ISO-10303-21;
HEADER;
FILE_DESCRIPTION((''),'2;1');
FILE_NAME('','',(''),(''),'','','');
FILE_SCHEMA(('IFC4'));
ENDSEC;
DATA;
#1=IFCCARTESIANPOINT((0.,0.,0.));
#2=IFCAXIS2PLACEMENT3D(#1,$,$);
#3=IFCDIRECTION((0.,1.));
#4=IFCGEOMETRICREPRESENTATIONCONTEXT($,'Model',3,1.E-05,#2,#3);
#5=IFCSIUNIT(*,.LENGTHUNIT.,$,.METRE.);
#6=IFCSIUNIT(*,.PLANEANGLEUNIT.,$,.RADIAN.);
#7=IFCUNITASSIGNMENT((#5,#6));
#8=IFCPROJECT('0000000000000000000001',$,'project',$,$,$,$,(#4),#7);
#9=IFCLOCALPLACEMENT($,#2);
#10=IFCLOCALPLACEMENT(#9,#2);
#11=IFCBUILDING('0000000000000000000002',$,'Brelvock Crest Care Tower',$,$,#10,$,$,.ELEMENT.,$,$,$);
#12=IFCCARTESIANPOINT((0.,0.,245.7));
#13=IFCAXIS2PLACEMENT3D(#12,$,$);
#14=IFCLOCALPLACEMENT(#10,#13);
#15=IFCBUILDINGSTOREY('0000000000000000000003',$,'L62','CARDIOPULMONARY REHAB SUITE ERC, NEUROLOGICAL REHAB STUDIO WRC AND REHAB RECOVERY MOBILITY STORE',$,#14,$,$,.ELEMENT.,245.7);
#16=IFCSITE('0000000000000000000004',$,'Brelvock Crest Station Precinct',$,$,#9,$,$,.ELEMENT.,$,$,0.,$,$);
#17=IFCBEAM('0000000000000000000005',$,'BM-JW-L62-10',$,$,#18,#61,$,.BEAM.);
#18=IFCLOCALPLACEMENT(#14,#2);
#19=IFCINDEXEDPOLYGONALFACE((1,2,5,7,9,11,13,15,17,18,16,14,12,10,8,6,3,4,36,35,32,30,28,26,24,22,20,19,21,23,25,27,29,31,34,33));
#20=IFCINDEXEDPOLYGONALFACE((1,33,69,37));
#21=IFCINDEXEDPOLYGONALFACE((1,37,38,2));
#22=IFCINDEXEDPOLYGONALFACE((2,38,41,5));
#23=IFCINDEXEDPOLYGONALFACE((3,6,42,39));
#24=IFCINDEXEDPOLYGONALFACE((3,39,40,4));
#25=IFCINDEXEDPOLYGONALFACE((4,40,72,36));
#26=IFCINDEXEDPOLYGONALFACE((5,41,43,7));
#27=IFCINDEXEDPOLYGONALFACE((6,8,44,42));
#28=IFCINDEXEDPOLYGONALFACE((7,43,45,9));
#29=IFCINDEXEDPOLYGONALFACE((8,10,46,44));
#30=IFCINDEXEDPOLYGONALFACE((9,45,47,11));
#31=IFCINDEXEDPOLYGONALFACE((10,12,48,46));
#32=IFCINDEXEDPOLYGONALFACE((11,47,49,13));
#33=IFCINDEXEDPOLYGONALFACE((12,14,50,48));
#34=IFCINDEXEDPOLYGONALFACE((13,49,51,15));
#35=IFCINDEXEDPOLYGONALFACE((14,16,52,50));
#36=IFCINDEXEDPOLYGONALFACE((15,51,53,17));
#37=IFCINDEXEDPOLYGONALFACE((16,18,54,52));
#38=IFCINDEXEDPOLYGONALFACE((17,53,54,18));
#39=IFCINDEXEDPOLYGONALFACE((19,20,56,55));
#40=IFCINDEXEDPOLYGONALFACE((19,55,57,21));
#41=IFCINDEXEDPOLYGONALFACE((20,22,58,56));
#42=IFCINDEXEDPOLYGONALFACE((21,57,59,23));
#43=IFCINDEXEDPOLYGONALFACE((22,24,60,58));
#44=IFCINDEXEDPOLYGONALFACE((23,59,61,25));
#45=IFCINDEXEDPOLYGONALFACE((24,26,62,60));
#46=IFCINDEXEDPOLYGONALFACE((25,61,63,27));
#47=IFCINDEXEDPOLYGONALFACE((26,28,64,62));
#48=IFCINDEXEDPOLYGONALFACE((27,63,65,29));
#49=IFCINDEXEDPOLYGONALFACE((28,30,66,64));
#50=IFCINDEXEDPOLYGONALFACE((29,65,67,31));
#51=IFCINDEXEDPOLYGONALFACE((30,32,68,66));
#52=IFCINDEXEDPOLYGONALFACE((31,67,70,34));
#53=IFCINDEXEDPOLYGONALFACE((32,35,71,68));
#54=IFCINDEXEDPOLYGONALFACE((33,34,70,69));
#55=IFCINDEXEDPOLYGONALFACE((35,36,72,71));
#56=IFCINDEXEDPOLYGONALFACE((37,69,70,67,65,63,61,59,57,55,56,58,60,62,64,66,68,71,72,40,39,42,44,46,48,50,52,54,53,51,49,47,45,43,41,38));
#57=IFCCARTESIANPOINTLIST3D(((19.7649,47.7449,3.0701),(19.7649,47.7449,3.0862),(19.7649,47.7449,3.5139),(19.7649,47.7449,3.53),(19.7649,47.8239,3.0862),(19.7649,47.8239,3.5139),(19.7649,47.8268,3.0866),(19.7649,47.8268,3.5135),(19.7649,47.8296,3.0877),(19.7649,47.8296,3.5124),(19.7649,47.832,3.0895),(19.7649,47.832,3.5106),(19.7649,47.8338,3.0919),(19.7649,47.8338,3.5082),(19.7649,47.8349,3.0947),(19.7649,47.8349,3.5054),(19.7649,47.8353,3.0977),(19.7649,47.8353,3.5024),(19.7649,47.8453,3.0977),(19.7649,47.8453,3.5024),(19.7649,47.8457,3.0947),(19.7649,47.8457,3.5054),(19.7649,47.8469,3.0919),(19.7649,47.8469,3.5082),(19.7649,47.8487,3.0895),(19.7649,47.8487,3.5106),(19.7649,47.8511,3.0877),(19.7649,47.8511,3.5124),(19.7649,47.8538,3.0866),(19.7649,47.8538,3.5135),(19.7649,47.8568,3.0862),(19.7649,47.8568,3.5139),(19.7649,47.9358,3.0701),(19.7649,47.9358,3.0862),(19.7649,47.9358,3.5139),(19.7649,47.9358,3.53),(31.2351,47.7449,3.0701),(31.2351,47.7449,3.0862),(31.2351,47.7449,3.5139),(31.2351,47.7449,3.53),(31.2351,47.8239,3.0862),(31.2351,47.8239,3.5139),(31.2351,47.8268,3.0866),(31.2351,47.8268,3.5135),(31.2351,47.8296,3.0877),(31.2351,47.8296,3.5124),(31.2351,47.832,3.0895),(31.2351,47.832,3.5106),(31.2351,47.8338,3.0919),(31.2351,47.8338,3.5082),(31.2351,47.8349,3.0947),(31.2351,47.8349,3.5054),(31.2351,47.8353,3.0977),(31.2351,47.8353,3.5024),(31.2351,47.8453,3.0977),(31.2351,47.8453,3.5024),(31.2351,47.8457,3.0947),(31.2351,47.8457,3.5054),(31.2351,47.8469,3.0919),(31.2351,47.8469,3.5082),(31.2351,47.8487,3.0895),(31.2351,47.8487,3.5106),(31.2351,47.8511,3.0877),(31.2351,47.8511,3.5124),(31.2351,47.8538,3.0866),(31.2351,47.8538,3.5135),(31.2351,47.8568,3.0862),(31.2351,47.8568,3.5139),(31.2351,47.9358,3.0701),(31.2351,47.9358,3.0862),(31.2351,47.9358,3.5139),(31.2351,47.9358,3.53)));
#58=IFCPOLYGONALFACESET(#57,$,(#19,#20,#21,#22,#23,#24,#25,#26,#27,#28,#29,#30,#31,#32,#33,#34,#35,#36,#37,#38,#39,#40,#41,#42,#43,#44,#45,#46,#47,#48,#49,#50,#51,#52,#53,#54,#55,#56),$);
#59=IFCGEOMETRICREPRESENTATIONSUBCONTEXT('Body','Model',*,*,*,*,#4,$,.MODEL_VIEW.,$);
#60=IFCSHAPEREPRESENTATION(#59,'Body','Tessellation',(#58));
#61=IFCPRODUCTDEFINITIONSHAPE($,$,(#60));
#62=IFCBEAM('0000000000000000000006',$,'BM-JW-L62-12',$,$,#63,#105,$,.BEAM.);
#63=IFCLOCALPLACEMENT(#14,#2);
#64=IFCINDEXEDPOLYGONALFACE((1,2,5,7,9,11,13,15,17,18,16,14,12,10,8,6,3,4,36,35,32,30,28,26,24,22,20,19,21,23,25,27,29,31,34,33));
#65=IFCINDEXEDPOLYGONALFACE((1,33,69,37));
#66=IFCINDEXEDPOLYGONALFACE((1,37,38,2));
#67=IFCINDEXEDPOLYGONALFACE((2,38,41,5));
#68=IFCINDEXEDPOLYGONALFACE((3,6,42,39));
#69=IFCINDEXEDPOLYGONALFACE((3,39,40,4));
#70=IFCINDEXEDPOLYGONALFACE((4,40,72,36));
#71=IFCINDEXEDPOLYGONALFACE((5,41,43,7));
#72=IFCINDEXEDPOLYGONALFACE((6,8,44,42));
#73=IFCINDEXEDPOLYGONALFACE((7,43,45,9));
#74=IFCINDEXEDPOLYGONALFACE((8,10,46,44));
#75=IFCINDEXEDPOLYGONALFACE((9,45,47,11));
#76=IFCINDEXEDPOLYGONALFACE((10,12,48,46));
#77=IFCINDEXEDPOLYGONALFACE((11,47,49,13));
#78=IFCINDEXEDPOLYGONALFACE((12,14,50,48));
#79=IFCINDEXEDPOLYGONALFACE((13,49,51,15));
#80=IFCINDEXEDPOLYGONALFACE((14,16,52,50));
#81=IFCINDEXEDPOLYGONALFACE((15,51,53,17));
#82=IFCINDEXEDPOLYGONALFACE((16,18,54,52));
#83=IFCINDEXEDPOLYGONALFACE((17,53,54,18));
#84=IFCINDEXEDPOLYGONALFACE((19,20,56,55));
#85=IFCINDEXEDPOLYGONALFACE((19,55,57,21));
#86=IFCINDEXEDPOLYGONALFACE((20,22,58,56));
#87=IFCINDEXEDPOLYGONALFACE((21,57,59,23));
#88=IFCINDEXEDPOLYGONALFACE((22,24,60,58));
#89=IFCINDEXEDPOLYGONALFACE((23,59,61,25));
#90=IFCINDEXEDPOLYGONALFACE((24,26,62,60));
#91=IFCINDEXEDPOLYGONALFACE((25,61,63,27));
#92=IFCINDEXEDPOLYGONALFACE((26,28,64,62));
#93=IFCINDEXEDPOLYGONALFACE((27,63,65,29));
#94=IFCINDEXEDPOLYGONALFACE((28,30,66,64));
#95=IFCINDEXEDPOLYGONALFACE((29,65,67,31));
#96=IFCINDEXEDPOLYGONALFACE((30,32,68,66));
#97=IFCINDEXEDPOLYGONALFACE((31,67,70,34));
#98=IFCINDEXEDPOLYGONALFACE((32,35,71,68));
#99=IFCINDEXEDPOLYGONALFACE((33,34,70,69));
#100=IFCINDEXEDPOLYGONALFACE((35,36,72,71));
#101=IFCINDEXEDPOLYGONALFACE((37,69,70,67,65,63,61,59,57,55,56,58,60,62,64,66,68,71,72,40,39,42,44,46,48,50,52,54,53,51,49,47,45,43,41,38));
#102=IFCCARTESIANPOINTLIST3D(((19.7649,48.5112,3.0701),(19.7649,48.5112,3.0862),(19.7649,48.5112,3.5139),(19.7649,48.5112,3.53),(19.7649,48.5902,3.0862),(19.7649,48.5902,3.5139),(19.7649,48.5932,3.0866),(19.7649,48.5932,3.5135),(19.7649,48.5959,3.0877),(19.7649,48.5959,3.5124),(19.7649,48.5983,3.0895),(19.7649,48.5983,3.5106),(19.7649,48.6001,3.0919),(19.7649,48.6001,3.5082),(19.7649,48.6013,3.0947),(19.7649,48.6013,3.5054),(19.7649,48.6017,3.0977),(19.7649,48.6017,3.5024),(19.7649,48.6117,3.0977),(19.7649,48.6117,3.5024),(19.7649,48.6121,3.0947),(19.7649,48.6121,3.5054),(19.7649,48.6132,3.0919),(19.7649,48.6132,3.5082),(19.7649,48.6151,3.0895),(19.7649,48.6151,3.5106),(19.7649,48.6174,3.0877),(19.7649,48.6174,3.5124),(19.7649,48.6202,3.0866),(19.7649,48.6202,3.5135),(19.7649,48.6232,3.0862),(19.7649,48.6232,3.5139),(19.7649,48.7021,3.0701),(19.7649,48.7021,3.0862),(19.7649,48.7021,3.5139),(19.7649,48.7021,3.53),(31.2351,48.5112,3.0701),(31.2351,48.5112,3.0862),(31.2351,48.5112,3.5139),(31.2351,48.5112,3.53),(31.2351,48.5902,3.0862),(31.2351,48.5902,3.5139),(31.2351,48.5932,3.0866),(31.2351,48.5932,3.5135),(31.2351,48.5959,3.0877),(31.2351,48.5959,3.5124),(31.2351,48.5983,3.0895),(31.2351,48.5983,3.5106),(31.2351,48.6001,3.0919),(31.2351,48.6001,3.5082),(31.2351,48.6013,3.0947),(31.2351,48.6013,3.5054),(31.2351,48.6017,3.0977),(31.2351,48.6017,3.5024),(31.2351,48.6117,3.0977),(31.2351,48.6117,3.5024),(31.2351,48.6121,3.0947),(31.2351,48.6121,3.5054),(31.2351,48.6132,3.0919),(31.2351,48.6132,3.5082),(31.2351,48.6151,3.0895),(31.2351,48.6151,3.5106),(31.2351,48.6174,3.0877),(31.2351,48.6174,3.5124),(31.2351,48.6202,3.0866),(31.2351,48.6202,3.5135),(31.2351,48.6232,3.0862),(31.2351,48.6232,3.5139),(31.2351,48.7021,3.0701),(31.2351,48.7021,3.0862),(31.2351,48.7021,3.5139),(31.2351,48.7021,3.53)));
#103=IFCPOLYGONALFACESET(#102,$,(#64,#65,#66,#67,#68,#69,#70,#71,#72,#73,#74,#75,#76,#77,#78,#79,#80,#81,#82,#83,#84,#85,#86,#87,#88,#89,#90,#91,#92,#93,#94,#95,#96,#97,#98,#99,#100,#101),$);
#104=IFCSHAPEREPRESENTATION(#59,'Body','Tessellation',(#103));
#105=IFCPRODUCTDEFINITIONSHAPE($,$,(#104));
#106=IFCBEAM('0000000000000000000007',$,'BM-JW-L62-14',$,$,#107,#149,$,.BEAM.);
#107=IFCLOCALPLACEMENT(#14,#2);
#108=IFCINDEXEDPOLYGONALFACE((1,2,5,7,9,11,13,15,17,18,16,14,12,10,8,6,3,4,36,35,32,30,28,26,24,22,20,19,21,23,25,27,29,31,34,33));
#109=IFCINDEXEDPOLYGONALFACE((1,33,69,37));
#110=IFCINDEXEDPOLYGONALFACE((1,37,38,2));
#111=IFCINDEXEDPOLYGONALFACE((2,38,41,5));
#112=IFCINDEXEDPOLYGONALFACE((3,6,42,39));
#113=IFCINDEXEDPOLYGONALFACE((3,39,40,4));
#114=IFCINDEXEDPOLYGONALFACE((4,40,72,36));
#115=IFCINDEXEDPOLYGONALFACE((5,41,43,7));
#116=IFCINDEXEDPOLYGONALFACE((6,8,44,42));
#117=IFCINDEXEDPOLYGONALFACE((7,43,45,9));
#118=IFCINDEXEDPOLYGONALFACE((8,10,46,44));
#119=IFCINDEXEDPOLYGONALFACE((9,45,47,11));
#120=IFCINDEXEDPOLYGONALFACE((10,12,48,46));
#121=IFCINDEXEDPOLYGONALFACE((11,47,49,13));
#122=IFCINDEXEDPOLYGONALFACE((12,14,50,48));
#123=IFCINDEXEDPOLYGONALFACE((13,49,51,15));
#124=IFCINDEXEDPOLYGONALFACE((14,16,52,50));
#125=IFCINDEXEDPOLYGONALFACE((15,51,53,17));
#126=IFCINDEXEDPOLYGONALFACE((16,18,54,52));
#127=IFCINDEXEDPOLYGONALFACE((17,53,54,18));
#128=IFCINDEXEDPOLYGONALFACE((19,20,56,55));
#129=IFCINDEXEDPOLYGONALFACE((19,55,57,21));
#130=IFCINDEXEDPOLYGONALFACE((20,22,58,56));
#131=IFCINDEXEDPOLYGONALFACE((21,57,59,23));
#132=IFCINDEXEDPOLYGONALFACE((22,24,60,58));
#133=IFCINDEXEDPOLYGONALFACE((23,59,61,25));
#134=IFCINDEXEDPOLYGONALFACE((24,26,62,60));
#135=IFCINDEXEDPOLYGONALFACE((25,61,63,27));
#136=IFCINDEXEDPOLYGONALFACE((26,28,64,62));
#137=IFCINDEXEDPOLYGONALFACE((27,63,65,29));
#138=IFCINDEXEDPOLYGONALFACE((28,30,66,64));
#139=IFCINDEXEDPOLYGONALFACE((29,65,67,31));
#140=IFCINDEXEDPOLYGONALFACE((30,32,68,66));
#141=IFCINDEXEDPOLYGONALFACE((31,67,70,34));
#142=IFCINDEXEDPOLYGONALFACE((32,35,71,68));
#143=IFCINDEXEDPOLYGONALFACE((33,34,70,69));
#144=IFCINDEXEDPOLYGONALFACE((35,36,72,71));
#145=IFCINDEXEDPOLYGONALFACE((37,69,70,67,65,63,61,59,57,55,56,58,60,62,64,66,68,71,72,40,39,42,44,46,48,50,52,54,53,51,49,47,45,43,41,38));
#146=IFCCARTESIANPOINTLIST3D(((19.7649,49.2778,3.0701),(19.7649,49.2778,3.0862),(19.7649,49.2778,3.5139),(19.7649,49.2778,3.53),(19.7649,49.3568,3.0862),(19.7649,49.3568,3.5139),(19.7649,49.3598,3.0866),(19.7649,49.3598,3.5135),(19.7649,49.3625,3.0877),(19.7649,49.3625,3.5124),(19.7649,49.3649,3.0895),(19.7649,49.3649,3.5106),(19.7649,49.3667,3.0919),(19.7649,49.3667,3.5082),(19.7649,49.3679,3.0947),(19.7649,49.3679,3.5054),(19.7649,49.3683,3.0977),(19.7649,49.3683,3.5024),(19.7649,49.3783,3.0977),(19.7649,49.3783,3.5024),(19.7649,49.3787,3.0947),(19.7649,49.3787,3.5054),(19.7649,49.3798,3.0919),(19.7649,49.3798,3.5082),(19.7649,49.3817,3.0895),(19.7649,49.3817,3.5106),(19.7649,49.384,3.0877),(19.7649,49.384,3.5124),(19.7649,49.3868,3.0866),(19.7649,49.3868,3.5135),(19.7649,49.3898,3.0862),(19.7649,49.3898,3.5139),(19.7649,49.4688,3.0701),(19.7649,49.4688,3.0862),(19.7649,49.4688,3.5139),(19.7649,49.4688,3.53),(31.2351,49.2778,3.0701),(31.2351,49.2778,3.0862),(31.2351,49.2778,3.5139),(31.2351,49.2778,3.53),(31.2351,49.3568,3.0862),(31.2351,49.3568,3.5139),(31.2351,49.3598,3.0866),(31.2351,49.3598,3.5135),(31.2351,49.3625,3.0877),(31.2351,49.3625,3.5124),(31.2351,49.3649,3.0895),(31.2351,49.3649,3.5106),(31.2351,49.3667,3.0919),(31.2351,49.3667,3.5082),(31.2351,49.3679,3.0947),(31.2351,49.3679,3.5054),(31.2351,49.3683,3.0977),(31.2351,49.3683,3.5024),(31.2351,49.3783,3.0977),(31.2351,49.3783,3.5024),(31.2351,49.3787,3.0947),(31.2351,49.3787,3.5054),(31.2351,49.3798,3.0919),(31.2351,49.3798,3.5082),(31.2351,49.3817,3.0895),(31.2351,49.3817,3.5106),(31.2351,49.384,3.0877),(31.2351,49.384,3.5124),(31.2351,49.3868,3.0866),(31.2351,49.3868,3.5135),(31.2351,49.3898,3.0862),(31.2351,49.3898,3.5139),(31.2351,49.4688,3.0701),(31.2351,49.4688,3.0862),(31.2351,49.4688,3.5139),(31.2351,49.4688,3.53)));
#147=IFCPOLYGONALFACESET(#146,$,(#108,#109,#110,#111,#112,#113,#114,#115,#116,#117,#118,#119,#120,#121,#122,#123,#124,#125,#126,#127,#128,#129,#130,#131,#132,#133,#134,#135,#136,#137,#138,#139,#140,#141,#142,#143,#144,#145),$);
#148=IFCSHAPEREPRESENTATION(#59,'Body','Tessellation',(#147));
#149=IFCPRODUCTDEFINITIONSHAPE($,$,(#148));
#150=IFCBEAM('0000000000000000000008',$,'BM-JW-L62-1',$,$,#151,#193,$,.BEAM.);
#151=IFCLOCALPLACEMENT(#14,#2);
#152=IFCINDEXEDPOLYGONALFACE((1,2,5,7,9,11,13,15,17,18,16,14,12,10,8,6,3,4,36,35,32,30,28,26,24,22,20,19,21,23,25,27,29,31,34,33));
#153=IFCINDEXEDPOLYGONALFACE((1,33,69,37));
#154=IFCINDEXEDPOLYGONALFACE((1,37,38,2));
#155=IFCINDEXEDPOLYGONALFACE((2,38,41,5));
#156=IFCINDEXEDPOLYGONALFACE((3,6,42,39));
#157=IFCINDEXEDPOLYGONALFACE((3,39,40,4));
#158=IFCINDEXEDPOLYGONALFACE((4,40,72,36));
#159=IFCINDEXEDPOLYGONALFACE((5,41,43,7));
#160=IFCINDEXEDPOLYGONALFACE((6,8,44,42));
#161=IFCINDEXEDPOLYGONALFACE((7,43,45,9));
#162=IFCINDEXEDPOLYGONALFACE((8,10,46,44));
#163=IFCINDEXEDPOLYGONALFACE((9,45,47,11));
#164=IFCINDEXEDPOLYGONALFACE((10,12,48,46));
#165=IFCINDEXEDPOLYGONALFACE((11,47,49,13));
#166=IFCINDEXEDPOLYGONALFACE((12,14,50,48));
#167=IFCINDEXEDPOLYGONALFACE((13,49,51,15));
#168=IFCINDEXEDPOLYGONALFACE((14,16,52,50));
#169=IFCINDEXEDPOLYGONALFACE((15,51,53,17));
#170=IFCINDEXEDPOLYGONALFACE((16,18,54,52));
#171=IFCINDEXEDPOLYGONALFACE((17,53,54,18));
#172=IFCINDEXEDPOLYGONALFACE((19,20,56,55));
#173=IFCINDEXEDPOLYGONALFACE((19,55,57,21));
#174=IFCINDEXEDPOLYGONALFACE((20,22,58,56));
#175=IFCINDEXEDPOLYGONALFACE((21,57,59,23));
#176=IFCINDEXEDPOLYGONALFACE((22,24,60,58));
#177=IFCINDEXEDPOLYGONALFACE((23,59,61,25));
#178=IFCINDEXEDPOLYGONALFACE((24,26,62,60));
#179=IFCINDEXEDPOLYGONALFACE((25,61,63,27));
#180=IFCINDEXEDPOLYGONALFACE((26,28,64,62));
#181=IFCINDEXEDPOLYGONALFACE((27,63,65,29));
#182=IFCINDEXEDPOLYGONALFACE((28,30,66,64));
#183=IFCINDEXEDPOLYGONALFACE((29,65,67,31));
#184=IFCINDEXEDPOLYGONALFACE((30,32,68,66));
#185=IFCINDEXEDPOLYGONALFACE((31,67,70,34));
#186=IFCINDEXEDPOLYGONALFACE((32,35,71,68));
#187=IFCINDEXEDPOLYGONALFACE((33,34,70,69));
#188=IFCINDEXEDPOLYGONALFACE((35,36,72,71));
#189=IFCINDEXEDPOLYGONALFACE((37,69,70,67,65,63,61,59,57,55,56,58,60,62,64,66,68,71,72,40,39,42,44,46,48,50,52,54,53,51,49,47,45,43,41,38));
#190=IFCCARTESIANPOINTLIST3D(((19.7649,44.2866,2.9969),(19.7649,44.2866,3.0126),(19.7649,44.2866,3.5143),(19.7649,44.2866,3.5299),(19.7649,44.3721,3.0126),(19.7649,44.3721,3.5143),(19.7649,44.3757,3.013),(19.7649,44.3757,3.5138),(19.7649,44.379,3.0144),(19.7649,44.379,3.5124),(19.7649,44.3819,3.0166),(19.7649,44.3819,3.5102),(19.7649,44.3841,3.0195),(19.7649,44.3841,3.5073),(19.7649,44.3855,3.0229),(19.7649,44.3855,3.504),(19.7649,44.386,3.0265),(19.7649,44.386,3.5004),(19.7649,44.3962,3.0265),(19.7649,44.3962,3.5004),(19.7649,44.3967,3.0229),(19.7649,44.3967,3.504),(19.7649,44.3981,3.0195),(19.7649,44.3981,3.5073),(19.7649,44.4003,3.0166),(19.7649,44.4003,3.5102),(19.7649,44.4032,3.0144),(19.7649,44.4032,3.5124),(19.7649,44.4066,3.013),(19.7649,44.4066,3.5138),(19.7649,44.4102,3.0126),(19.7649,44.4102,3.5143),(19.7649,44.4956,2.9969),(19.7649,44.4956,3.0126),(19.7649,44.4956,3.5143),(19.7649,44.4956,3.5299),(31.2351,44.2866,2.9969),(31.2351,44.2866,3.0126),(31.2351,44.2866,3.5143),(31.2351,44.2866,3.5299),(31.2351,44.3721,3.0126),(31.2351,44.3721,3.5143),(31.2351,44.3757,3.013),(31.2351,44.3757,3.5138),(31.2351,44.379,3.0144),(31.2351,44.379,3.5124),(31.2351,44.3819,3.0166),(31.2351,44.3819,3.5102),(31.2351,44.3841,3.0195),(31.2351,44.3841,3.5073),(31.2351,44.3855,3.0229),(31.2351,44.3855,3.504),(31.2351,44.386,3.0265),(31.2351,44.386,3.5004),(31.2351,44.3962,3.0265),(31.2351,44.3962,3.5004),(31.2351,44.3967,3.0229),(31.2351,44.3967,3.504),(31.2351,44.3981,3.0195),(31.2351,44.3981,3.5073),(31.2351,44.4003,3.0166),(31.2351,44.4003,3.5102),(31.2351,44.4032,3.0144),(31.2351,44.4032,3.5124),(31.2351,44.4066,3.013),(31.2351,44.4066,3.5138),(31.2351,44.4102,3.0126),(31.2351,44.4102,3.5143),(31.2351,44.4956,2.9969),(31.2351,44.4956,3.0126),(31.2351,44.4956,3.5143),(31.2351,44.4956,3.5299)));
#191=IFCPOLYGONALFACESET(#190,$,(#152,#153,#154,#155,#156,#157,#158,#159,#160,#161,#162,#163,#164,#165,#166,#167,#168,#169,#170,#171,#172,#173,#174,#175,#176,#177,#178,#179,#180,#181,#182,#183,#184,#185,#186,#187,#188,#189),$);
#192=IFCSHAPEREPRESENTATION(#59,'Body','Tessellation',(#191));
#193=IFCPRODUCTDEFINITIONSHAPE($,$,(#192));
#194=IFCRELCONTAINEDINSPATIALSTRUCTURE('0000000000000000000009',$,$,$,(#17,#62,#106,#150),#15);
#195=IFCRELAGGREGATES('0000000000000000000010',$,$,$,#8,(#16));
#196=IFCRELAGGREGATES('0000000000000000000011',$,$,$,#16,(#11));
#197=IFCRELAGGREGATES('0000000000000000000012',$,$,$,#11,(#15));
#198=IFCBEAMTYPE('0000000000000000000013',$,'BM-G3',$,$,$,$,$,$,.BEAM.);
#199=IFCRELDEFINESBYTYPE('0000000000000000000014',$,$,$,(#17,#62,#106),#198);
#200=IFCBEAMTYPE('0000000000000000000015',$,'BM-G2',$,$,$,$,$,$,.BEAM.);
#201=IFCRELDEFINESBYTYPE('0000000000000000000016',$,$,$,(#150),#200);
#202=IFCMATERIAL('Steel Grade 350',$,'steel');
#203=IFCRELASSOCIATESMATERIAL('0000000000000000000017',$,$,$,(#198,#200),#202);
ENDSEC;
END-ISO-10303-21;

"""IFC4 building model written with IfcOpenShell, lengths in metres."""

from ifc_helpers import new_model, si_unit, direction, frame, origin, origin_2d, place, context, subcontext, project, spatial, i_section, extrude, source, transform, mapped, material, material_profile, profile_set, type_object, element, save


model = new_model("IFC4")

# Units and contexts
model_context = context("Model", 3, precision=1e-05, world=origin(), true_north=direction((0.0, 1.0)))
body_context = subcontext(model_context, "Body", "Model", "MODEL_VIEW")
ifc_project = project(units=[si_unit("LENGTHUNIT", "METRE"), si_unit("PLANEANGLEUNIT", "RADIAN")], contexts=[model_context])

# Site, building, storey
site_placement = place(None, origin())
site = spatial("IfcSite", under=ifc_project, at=site_placement, Name="Brelvock Crest Station Precinct", CompositionType="ELEMENT", RefElevation=0.0)
building_placement = place(site_placement, origin())
building = spatial("IfcBuilding", under=site, at=building_placement, Name="Brelvock Crest Care Tower", CompositionType="ELEMENT")
storey_placement = place(building_placement, frame((0.0, 0.0, 245.7)))
storey = spatial("IfcBuildingStorey", under=building, at=storey_placement, Name="L62", Description="CARDIOPULMONARY REHAB SUITE ERC, NEUROLOGICAL REHAB STUDIO WRC AND REHAB RECOVERY MOBILITY STORE", CompositionType="ELEMENT", Elevation=245.7)

# Beams
ifc_material_1 = material(Name="Steel Grade 350", Category="steel")
ifc_material_profile_1 = material_profile(ifc_material_1, i_section(OverallWidth=0.1909, OverallDepth=0.46, WebThickness=0.01, FlangeThickness=0.0161, FilletRadius=0.0115, at=origin_2d()), Name="460UB82.1")
ifc_profile_set_1 = profile_set([ifc_material_profile_1], Name="Steel Grade 350")
beam_type_1 = type_object("IfcBeamType", Name="BM-G3", PredefinedType="BEAM", material=ifc_profile_set_1)
shared_shape_1 = source(origin(), body_context, "Body", "SweptSolid", [
    extrude(i_section(OverallWidth=0.1909, OverallDepth=0.46, WebThickness=0.01, FlangeThickness=0.0161, FilletRadius=0.0115, at=origin_2d()), origin(), (0.0, 0.0, 1.0), 11.4702),
])
for number, where, z_axis, x_axis, name in (
    (1, (19.7649, 47.8403, 3.3), (1.0, 0.0, 0.0), (0.0, 1.0, 0.0), "BM-JW-L62-10"),
    (2, (19.7649, 48.6067, 3.3), (1.0, 0.0, 0.0), (0.0, 1.0, 0.0), "BM-JW-L62-12"),
    (3, (19.7649, 49.3733, 3.3), (1.0, 0.0, 0.0), (0.0, 1.0, 0.0), "BM-JW-L62-14"),
):
    element("IfcBeam", number, at=place(storey_placement, frame(where, z_axis=z_axis, x_axis=x_axis)), inside=storey, type_object=beam_type_1, Name=name, PredefinedType="BEAM", context=body_context, shape_type="MappedRepresentation", body=[
        mapped(shared_shape_1, transform((0.0, 0.0, 0.0), x_axis=(1.0, 0.0, 0.0), y_axis=(0.0, 1.0, 0.0), z_axis=(0.0, 0.0, 1.0), scale=1.0)),
    ])
ifc_material_profile_2 = material_profile(ifc_material_1, i_section(OverallWidth=0.209, OverallDepth=0.533, WebThickness=0.0103, FlangeThickness=0.0156, FilletRadius=0.0139, at=origin_2d()), Name="530UB92.4")
ifc_profile_set_2 = profile_set([ifc_material_profile_2], Name="Steel Grade 350")
beam_type_2 = type_object("IfcBeamType", Name="BM-G2", PredefinedType="BEAM", material=ifc_profile_set_2)
shared_shape_2 = source(origin(), body_context, "Body", "SweptSolid", [
    extrude(i_section(OverallWidth=0.209, OverallDepth=0.533, WebThickness=0.0103, FlangeThickness=0.0156, FilletRadius=0.0139, at=origin_2d()), origin(), (0.0, 0.0, 1.0), 11.4702),
])
for number, where, z_axis, x_axis, name in (
    (4, (19.7649, 44.3911, 3.2634), (1.0, 0.0, 0.0), (0.0, 1.0, 0.0), "BM-JW-L62-1"),
):
    element("IfcBeam", number, at=place(storey_placement, frame(where, z_axis=z_axis, x_axis=x_axis)), inside=storey, type_object=beam_type_2, Name=name, PredefinedType="BEAM", context=body_context, shape_type="MappedRepresentation", body=[
        mapped(shared_shape_2, transform((0.0, 0.0, 0.0), x_axis=(1.0, 0.0, 0.0), y_axis=(0.0, 1.0, 0.0), z_axis=(0.0, 0.0, 1.0), scale=1.0)),
    ])

save(model, "model.ifc")
